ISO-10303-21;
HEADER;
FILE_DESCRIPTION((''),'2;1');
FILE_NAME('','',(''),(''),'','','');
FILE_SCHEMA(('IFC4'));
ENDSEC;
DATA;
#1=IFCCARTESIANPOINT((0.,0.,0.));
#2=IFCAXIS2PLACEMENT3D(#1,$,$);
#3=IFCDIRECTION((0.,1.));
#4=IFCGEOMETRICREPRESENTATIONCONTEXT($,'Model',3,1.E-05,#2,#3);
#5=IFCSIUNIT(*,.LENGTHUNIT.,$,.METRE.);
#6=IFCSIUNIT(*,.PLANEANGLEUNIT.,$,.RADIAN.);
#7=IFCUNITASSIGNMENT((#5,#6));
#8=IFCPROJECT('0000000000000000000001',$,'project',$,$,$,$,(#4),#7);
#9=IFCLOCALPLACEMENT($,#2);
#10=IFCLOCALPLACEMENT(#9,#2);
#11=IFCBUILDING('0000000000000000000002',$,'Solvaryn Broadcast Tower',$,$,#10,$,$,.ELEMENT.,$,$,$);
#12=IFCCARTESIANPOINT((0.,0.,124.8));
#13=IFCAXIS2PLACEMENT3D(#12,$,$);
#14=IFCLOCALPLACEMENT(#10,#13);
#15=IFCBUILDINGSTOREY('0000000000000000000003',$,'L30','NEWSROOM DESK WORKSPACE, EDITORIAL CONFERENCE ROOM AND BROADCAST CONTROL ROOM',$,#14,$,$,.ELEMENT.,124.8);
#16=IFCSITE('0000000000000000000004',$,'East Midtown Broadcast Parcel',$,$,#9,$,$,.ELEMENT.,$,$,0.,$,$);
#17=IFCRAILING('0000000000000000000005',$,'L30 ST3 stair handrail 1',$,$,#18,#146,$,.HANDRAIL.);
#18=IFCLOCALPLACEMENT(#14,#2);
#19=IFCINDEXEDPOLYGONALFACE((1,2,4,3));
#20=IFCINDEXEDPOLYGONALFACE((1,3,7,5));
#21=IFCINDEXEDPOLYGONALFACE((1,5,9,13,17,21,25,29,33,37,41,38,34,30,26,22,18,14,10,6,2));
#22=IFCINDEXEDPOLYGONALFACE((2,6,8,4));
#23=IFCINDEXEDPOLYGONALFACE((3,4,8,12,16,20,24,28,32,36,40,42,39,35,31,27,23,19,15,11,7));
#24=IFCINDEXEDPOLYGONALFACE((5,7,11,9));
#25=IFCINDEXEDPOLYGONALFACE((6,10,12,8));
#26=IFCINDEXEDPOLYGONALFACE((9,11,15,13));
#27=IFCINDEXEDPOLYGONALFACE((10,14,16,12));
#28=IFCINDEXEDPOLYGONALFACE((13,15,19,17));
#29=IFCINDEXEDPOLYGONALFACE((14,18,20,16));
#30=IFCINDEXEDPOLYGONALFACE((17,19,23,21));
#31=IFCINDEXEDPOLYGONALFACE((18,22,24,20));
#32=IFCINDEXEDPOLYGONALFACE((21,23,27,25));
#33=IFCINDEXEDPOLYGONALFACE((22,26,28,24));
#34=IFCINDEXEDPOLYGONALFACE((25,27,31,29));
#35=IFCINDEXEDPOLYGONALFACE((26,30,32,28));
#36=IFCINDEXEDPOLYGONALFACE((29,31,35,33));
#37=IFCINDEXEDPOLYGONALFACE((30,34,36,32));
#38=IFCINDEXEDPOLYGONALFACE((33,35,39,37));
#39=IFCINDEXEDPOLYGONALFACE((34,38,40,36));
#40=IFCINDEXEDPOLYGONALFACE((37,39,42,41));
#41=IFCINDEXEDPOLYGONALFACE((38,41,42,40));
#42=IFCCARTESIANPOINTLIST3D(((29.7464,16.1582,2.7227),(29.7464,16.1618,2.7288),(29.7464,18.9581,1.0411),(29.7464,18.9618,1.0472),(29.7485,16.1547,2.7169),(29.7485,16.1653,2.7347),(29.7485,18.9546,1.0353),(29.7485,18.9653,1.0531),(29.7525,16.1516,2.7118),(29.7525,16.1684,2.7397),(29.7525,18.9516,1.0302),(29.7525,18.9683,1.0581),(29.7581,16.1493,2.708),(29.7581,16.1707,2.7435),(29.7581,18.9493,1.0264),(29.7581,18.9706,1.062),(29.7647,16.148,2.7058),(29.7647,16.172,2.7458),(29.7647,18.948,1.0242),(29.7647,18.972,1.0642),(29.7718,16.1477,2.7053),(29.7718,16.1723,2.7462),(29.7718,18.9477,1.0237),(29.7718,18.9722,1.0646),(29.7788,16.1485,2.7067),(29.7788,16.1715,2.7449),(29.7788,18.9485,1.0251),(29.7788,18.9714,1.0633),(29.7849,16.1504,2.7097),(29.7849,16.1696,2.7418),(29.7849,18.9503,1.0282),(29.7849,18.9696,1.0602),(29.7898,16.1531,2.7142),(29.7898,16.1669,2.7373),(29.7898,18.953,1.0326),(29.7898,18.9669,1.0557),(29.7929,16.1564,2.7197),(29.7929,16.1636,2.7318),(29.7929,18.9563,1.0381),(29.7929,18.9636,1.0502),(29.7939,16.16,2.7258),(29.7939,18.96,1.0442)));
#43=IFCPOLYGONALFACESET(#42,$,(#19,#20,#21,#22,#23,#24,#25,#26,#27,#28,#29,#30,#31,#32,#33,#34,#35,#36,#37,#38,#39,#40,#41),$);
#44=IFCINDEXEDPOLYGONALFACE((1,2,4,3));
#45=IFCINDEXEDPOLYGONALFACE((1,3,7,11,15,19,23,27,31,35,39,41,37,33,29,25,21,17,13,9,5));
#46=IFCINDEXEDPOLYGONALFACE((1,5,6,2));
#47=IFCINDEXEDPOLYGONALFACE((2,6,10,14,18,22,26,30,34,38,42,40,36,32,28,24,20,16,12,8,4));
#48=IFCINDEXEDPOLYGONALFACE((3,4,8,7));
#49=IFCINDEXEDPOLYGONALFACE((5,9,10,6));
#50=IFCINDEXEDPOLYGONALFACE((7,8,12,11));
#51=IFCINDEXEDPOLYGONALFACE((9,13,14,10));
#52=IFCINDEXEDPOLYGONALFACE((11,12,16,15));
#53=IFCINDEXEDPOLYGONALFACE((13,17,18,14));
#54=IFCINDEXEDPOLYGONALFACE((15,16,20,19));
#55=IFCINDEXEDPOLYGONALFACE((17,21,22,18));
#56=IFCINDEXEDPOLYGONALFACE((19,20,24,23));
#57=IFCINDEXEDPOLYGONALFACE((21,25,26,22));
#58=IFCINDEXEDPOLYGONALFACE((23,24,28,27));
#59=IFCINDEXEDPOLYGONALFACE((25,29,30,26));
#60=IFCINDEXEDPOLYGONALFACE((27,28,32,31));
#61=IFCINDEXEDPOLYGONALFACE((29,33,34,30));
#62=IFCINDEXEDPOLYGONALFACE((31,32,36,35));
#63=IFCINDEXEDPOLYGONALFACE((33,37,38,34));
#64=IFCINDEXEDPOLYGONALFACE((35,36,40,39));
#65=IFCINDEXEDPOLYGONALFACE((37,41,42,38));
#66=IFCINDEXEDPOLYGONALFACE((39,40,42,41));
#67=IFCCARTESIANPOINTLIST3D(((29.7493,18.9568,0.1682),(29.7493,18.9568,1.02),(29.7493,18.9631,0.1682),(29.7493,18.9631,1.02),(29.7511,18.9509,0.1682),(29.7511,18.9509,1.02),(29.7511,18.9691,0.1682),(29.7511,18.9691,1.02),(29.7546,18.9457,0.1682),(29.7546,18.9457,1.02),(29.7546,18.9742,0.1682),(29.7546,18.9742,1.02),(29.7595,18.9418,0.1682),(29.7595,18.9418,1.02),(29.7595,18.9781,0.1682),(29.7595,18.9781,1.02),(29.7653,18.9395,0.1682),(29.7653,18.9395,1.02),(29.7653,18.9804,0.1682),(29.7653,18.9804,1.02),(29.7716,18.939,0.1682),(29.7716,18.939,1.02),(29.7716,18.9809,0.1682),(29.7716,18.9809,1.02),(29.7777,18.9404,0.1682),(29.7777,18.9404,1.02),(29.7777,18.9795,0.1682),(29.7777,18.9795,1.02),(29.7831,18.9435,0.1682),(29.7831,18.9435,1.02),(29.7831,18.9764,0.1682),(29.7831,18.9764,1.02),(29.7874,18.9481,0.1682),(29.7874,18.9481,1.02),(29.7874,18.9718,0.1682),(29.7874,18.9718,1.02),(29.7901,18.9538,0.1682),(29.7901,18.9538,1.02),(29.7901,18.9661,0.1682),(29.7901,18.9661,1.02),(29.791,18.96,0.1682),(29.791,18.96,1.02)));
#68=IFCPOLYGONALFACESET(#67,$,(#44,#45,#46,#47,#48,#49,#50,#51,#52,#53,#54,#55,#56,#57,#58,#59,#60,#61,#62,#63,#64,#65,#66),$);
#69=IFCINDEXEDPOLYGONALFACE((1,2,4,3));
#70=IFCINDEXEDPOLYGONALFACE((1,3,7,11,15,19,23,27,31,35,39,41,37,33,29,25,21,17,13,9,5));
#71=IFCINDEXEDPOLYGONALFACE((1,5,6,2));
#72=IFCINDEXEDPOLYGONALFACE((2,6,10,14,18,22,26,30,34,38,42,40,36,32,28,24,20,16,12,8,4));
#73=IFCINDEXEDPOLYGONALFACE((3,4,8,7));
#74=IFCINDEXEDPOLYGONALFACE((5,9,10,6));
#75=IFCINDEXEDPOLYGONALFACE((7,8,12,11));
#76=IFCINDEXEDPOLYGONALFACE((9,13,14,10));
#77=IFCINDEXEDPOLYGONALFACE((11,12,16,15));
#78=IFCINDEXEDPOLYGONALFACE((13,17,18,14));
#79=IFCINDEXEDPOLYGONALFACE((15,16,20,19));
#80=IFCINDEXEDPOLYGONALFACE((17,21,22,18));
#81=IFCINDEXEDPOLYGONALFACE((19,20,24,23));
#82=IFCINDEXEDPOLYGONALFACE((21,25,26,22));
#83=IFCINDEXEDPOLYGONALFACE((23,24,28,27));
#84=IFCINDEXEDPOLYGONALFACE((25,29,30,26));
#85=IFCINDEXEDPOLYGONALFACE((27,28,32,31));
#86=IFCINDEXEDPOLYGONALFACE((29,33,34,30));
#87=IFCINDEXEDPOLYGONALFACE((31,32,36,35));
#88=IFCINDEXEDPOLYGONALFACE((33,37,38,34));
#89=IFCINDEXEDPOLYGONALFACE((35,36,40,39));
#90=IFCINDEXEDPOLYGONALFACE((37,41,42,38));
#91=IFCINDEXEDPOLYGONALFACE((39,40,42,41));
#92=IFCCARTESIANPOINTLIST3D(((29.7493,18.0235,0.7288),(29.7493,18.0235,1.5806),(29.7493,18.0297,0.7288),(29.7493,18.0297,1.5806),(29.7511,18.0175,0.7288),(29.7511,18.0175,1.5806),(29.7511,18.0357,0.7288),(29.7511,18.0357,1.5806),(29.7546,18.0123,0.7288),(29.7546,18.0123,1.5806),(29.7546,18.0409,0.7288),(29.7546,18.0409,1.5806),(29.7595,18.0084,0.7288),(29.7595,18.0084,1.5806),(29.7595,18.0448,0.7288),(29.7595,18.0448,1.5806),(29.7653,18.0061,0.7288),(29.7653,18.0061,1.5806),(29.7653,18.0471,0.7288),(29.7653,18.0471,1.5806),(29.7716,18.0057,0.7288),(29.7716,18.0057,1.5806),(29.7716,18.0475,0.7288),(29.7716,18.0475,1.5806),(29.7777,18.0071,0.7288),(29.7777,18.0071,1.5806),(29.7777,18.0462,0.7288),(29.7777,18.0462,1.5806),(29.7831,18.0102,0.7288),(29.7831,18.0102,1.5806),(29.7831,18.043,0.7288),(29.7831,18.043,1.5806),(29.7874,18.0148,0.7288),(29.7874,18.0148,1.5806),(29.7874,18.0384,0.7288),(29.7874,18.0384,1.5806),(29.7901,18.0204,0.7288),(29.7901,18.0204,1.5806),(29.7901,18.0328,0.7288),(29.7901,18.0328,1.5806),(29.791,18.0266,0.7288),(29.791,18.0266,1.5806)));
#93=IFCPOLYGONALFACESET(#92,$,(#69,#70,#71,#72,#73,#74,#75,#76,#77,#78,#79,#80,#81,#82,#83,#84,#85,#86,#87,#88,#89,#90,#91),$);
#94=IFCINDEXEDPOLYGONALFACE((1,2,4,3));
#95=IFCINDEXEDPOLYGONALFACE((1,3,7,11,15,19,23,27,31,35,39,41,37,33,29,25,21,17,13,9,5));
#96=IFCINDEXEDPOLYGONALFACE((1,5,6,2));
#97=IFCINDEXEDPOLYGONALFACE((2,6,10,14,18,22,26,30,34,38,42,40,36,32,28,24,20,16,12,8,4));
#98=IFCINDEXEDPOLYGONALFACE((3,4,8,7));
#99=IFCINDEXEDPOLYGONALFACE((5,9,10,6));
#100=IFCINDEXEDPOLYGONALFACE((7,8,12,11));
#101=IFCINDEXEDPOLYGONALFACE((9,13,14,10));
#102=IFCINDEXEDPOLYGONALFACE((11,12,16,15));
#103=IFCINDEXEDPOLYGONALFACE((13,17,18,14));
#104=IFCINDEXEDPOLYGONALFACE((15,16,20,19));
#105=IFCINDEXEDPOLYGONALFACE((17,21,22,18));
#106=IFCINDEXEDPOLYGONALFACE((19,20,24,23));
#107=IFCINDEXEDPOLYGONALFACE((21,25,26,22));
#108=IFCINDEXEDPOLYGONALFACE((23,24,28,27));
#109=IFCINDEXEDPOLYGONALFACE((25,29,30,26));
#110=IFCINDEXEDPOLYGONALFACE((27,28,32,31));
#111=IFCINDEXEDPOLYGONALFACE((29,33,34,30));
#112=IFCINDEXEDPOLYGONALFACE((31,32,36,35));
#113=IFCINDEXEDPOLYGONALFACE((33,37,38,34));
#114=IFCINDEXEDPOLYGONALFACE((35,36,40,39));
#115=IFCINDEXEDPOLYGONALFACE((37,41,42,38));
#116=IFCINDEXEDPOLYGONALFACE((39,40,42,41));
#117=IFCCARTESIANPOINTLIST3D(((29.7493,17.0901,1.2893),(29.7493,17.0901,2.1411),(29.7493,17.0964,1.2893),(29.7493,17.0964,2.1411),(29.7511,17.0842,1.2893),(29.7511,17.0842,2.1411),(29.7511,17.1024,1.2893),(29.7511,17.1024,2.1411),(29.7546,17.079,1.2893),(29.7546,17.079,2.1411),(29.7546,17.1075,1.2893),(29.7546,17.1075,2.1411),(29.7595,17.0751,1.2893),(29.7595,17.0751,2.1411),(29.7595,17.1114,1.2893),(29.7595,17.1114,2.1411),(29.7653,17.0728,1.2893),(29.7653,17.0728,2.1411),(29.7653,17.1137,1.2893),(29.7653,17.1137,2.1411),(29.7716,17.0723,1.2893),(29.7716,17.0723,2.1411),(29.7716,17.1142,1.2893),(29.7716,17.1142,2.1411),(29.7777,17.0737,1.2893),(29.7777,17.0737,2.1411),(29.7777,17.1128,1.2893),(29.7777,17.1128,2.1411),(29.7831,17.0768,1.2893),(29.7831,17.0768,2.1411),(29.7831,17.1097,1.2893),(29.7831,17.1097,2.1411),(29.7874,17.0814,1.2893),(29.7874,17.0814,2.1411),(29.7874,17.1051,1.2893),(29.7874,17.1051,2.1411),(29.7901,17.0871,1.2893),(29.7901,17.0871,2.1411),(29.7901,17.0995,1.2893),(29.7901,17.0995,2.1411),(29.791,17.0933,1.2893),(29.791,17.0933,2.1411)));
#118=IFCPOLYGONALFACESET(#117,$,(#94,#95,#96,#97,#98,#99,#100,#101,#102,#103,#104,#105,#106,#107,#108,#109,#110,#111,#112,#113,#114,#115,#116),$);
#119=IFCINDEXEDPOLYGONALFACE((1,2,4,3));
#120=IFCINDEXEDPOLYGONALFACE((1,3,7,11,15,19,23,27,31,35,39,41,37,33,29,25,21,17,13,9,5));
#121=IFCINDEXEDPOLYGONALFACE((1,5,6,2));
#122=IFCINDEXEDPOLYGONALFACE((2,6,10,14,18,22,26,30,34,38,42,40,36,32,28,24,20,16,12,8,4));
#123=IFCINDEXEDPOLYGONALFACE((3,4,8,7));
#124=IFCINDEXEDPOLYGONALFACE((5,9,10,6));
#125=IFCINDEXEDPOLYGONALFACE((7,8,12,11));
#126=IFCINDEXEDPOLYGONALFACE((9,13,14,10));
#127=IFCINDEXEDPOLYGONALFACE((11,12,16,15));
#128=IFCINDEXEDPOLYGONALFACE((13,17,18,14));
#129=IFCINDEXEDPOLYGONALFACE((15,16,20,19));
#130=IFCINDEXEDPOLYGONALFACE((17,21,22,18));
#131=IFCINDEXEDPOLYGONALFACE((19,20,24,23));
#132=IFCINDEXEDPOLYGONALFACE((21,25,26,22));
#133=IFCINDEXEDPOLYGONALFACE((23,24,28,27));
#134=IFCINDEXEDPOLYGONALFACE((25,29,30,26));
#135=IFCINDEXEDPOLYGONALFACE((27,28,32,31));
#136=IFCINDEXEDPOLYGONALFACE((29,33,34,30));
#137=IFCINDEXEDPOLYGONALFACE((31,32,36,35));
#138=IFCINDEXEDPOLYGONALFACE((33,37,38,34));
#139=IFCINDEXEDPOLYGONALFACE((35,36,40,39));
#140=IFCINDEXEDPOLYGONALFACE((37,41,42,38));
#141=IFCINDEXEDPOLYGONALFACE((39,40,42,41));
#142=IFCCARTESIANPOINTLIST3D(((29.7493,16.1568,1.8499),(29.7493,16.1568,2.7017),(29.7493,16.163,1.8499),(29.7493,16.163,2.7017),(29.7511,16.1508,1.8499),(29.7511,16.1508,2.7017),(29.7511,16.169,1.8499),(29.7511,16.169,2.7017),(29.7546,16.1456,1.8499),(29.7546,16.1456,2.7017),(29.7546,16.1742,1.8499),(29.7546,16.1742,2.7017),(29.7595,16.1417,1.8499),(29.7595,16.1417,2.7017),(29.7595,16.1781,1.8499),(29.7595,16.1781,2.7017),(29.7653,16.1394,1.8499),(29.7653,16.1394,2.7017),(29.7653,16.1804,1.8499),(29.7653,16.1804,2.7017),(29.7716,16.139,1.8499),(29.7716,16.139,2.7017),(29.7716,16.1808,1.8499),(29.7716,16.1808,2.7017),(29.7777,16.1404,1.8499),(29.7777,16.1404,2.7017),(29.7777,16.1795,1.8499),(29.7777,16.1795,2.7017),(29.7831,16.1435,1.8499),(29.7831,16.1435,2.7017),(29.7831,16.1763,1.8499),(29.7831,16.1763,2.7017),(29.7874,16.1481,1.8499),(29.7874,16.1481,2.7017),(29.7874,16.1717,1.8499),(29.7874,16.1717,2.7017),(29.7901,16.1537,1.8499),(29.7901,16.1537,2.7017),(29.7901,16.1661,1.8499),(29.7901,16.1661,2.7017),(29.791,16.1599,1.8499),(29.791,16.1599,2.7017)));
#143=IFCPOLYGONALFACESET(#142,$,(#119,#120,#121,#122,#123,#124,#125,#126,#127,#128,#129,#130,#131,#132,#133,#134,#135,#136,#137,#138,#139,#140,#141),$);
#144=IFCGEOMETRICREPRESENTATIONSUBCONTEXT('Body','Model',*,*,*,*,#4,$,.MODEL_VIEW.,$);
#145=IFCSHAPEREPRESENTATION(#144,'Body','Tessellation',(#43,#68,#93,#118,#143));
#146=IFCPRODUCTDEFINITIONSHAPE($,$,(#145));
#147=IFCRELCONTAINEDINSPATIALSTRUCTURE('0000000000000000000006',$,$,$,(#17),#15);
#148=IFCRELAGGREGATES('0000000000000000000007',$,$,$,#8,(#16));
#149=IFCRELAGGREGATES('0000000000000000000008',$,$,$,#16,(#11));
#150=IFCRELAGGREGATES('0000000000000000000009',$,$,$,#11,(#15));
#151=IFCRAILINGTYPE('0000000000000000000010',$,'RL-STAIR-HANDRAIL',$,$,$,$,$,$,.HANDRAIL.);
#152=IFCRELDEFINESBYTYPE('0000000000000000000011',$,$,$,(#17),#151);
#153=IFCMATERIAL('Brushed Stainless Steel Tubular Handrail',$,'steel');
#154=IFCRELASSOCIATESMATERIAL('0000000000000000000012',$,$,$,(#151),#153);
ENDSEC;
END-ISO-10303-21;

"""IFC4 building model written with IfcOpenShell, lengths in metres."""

from ifc_helpers import new_model, si_unit, direction, frame, origin, origin_2d, place, context, subcontext, project, spatial, circle, extrude, material, type_object, element, save


model = new_model("IFC4")

# Units and contexts
model_context = context("Model", 3, precision=1e-05, world=origin(), true_north=direction((0.0, 1.0)))
body_context = subcontext(model_context, "Body", "Model", "MODEL_VIEW")
ifc_project = project(units=[si_unit("LENGTHUNIT", "METRE"), si_unit("PLANEANGLEUNIT", "RADIAN")], contexts=[model_context])

# Site, building, storey
site_placement = place(None, origin())
site = spatial("IfcSite", under=ifc_project, at=site_placement, Name="East Midtown Broadcast Parcel", CompositionType="ELEMENT", RefElevation=0.0)
building_placement = place(site_placement, origin())
building = spatial("IfcBuilding", under=site, at=building_placement, Name="Solvaryn Broadcast Tower", CompositionType="ELEMENT")
storey_placement = place(building_placement, frame((0.0, 0.0, 124.8)))
storey = spatial("IfcBuildingStorey", under=building, at=storey_placement, Name="L30", Description="NEWSROOM DESK WORKSPACE, EDITORIAL CONFERENCE ROOM AND BROADCAST CONTROL ROOM", CompositionType="ELEMENT", Elevation=124.8)

# Railing
ifc_material_1 = material(Name="Brushed Stainless Steel Tubular Handrail", Category="steel")
railing_type_1 = type_object("IfcRailingType", Name="RL-STAIR-HANDRAIL", PredefinedType="HANDRAIL", material=ifc_material_1)
railing_1_placement = place(storey_placement, frame((29.77, 18.96, 0.1682)))
element("IfcRailing", 1, at=railing_1_placement, inside=storey, type_object=railing_type_1, Name="L30 ST3 stair handrail 1", PredefinedType="HANDRAIL", context=body_context, shape_type="SweptSolid", body=[
    extrude(circle(Radius=0.0239, at=origin_2d()), frame((0.0, 0.0, 0.876), z_axis=(0.0, -0.857275, 0.514858), x_axis=(1.0, 0.0, 0.0)), (0.0, 0.0, 1.0), 3.2661),
    extrude(circle(Radius=0.021, at=origin_2d()), origin(), (0.0, 0.0, 1.0), 0.8518),
    extrude(circle(Radius=0.021, at=origin_2d()), frame((0.0, -0.9333, 0.5605)), (0.0, 0.0, 1.0), 0.8518),
    extrude(circle(Radius=0.021, at=origin_2d()), frame((0.0, -1.8667, 1.1211)), (0.0, 0.0, 1.0), 0.8518),
    extrude(circle(Radius=0.021, at=origin_2d()), frame((0.0, -2.8, 1.6816)), (0.0, 0.0, 1.0), 0.8518),
])

save(model, "model.ifc")
